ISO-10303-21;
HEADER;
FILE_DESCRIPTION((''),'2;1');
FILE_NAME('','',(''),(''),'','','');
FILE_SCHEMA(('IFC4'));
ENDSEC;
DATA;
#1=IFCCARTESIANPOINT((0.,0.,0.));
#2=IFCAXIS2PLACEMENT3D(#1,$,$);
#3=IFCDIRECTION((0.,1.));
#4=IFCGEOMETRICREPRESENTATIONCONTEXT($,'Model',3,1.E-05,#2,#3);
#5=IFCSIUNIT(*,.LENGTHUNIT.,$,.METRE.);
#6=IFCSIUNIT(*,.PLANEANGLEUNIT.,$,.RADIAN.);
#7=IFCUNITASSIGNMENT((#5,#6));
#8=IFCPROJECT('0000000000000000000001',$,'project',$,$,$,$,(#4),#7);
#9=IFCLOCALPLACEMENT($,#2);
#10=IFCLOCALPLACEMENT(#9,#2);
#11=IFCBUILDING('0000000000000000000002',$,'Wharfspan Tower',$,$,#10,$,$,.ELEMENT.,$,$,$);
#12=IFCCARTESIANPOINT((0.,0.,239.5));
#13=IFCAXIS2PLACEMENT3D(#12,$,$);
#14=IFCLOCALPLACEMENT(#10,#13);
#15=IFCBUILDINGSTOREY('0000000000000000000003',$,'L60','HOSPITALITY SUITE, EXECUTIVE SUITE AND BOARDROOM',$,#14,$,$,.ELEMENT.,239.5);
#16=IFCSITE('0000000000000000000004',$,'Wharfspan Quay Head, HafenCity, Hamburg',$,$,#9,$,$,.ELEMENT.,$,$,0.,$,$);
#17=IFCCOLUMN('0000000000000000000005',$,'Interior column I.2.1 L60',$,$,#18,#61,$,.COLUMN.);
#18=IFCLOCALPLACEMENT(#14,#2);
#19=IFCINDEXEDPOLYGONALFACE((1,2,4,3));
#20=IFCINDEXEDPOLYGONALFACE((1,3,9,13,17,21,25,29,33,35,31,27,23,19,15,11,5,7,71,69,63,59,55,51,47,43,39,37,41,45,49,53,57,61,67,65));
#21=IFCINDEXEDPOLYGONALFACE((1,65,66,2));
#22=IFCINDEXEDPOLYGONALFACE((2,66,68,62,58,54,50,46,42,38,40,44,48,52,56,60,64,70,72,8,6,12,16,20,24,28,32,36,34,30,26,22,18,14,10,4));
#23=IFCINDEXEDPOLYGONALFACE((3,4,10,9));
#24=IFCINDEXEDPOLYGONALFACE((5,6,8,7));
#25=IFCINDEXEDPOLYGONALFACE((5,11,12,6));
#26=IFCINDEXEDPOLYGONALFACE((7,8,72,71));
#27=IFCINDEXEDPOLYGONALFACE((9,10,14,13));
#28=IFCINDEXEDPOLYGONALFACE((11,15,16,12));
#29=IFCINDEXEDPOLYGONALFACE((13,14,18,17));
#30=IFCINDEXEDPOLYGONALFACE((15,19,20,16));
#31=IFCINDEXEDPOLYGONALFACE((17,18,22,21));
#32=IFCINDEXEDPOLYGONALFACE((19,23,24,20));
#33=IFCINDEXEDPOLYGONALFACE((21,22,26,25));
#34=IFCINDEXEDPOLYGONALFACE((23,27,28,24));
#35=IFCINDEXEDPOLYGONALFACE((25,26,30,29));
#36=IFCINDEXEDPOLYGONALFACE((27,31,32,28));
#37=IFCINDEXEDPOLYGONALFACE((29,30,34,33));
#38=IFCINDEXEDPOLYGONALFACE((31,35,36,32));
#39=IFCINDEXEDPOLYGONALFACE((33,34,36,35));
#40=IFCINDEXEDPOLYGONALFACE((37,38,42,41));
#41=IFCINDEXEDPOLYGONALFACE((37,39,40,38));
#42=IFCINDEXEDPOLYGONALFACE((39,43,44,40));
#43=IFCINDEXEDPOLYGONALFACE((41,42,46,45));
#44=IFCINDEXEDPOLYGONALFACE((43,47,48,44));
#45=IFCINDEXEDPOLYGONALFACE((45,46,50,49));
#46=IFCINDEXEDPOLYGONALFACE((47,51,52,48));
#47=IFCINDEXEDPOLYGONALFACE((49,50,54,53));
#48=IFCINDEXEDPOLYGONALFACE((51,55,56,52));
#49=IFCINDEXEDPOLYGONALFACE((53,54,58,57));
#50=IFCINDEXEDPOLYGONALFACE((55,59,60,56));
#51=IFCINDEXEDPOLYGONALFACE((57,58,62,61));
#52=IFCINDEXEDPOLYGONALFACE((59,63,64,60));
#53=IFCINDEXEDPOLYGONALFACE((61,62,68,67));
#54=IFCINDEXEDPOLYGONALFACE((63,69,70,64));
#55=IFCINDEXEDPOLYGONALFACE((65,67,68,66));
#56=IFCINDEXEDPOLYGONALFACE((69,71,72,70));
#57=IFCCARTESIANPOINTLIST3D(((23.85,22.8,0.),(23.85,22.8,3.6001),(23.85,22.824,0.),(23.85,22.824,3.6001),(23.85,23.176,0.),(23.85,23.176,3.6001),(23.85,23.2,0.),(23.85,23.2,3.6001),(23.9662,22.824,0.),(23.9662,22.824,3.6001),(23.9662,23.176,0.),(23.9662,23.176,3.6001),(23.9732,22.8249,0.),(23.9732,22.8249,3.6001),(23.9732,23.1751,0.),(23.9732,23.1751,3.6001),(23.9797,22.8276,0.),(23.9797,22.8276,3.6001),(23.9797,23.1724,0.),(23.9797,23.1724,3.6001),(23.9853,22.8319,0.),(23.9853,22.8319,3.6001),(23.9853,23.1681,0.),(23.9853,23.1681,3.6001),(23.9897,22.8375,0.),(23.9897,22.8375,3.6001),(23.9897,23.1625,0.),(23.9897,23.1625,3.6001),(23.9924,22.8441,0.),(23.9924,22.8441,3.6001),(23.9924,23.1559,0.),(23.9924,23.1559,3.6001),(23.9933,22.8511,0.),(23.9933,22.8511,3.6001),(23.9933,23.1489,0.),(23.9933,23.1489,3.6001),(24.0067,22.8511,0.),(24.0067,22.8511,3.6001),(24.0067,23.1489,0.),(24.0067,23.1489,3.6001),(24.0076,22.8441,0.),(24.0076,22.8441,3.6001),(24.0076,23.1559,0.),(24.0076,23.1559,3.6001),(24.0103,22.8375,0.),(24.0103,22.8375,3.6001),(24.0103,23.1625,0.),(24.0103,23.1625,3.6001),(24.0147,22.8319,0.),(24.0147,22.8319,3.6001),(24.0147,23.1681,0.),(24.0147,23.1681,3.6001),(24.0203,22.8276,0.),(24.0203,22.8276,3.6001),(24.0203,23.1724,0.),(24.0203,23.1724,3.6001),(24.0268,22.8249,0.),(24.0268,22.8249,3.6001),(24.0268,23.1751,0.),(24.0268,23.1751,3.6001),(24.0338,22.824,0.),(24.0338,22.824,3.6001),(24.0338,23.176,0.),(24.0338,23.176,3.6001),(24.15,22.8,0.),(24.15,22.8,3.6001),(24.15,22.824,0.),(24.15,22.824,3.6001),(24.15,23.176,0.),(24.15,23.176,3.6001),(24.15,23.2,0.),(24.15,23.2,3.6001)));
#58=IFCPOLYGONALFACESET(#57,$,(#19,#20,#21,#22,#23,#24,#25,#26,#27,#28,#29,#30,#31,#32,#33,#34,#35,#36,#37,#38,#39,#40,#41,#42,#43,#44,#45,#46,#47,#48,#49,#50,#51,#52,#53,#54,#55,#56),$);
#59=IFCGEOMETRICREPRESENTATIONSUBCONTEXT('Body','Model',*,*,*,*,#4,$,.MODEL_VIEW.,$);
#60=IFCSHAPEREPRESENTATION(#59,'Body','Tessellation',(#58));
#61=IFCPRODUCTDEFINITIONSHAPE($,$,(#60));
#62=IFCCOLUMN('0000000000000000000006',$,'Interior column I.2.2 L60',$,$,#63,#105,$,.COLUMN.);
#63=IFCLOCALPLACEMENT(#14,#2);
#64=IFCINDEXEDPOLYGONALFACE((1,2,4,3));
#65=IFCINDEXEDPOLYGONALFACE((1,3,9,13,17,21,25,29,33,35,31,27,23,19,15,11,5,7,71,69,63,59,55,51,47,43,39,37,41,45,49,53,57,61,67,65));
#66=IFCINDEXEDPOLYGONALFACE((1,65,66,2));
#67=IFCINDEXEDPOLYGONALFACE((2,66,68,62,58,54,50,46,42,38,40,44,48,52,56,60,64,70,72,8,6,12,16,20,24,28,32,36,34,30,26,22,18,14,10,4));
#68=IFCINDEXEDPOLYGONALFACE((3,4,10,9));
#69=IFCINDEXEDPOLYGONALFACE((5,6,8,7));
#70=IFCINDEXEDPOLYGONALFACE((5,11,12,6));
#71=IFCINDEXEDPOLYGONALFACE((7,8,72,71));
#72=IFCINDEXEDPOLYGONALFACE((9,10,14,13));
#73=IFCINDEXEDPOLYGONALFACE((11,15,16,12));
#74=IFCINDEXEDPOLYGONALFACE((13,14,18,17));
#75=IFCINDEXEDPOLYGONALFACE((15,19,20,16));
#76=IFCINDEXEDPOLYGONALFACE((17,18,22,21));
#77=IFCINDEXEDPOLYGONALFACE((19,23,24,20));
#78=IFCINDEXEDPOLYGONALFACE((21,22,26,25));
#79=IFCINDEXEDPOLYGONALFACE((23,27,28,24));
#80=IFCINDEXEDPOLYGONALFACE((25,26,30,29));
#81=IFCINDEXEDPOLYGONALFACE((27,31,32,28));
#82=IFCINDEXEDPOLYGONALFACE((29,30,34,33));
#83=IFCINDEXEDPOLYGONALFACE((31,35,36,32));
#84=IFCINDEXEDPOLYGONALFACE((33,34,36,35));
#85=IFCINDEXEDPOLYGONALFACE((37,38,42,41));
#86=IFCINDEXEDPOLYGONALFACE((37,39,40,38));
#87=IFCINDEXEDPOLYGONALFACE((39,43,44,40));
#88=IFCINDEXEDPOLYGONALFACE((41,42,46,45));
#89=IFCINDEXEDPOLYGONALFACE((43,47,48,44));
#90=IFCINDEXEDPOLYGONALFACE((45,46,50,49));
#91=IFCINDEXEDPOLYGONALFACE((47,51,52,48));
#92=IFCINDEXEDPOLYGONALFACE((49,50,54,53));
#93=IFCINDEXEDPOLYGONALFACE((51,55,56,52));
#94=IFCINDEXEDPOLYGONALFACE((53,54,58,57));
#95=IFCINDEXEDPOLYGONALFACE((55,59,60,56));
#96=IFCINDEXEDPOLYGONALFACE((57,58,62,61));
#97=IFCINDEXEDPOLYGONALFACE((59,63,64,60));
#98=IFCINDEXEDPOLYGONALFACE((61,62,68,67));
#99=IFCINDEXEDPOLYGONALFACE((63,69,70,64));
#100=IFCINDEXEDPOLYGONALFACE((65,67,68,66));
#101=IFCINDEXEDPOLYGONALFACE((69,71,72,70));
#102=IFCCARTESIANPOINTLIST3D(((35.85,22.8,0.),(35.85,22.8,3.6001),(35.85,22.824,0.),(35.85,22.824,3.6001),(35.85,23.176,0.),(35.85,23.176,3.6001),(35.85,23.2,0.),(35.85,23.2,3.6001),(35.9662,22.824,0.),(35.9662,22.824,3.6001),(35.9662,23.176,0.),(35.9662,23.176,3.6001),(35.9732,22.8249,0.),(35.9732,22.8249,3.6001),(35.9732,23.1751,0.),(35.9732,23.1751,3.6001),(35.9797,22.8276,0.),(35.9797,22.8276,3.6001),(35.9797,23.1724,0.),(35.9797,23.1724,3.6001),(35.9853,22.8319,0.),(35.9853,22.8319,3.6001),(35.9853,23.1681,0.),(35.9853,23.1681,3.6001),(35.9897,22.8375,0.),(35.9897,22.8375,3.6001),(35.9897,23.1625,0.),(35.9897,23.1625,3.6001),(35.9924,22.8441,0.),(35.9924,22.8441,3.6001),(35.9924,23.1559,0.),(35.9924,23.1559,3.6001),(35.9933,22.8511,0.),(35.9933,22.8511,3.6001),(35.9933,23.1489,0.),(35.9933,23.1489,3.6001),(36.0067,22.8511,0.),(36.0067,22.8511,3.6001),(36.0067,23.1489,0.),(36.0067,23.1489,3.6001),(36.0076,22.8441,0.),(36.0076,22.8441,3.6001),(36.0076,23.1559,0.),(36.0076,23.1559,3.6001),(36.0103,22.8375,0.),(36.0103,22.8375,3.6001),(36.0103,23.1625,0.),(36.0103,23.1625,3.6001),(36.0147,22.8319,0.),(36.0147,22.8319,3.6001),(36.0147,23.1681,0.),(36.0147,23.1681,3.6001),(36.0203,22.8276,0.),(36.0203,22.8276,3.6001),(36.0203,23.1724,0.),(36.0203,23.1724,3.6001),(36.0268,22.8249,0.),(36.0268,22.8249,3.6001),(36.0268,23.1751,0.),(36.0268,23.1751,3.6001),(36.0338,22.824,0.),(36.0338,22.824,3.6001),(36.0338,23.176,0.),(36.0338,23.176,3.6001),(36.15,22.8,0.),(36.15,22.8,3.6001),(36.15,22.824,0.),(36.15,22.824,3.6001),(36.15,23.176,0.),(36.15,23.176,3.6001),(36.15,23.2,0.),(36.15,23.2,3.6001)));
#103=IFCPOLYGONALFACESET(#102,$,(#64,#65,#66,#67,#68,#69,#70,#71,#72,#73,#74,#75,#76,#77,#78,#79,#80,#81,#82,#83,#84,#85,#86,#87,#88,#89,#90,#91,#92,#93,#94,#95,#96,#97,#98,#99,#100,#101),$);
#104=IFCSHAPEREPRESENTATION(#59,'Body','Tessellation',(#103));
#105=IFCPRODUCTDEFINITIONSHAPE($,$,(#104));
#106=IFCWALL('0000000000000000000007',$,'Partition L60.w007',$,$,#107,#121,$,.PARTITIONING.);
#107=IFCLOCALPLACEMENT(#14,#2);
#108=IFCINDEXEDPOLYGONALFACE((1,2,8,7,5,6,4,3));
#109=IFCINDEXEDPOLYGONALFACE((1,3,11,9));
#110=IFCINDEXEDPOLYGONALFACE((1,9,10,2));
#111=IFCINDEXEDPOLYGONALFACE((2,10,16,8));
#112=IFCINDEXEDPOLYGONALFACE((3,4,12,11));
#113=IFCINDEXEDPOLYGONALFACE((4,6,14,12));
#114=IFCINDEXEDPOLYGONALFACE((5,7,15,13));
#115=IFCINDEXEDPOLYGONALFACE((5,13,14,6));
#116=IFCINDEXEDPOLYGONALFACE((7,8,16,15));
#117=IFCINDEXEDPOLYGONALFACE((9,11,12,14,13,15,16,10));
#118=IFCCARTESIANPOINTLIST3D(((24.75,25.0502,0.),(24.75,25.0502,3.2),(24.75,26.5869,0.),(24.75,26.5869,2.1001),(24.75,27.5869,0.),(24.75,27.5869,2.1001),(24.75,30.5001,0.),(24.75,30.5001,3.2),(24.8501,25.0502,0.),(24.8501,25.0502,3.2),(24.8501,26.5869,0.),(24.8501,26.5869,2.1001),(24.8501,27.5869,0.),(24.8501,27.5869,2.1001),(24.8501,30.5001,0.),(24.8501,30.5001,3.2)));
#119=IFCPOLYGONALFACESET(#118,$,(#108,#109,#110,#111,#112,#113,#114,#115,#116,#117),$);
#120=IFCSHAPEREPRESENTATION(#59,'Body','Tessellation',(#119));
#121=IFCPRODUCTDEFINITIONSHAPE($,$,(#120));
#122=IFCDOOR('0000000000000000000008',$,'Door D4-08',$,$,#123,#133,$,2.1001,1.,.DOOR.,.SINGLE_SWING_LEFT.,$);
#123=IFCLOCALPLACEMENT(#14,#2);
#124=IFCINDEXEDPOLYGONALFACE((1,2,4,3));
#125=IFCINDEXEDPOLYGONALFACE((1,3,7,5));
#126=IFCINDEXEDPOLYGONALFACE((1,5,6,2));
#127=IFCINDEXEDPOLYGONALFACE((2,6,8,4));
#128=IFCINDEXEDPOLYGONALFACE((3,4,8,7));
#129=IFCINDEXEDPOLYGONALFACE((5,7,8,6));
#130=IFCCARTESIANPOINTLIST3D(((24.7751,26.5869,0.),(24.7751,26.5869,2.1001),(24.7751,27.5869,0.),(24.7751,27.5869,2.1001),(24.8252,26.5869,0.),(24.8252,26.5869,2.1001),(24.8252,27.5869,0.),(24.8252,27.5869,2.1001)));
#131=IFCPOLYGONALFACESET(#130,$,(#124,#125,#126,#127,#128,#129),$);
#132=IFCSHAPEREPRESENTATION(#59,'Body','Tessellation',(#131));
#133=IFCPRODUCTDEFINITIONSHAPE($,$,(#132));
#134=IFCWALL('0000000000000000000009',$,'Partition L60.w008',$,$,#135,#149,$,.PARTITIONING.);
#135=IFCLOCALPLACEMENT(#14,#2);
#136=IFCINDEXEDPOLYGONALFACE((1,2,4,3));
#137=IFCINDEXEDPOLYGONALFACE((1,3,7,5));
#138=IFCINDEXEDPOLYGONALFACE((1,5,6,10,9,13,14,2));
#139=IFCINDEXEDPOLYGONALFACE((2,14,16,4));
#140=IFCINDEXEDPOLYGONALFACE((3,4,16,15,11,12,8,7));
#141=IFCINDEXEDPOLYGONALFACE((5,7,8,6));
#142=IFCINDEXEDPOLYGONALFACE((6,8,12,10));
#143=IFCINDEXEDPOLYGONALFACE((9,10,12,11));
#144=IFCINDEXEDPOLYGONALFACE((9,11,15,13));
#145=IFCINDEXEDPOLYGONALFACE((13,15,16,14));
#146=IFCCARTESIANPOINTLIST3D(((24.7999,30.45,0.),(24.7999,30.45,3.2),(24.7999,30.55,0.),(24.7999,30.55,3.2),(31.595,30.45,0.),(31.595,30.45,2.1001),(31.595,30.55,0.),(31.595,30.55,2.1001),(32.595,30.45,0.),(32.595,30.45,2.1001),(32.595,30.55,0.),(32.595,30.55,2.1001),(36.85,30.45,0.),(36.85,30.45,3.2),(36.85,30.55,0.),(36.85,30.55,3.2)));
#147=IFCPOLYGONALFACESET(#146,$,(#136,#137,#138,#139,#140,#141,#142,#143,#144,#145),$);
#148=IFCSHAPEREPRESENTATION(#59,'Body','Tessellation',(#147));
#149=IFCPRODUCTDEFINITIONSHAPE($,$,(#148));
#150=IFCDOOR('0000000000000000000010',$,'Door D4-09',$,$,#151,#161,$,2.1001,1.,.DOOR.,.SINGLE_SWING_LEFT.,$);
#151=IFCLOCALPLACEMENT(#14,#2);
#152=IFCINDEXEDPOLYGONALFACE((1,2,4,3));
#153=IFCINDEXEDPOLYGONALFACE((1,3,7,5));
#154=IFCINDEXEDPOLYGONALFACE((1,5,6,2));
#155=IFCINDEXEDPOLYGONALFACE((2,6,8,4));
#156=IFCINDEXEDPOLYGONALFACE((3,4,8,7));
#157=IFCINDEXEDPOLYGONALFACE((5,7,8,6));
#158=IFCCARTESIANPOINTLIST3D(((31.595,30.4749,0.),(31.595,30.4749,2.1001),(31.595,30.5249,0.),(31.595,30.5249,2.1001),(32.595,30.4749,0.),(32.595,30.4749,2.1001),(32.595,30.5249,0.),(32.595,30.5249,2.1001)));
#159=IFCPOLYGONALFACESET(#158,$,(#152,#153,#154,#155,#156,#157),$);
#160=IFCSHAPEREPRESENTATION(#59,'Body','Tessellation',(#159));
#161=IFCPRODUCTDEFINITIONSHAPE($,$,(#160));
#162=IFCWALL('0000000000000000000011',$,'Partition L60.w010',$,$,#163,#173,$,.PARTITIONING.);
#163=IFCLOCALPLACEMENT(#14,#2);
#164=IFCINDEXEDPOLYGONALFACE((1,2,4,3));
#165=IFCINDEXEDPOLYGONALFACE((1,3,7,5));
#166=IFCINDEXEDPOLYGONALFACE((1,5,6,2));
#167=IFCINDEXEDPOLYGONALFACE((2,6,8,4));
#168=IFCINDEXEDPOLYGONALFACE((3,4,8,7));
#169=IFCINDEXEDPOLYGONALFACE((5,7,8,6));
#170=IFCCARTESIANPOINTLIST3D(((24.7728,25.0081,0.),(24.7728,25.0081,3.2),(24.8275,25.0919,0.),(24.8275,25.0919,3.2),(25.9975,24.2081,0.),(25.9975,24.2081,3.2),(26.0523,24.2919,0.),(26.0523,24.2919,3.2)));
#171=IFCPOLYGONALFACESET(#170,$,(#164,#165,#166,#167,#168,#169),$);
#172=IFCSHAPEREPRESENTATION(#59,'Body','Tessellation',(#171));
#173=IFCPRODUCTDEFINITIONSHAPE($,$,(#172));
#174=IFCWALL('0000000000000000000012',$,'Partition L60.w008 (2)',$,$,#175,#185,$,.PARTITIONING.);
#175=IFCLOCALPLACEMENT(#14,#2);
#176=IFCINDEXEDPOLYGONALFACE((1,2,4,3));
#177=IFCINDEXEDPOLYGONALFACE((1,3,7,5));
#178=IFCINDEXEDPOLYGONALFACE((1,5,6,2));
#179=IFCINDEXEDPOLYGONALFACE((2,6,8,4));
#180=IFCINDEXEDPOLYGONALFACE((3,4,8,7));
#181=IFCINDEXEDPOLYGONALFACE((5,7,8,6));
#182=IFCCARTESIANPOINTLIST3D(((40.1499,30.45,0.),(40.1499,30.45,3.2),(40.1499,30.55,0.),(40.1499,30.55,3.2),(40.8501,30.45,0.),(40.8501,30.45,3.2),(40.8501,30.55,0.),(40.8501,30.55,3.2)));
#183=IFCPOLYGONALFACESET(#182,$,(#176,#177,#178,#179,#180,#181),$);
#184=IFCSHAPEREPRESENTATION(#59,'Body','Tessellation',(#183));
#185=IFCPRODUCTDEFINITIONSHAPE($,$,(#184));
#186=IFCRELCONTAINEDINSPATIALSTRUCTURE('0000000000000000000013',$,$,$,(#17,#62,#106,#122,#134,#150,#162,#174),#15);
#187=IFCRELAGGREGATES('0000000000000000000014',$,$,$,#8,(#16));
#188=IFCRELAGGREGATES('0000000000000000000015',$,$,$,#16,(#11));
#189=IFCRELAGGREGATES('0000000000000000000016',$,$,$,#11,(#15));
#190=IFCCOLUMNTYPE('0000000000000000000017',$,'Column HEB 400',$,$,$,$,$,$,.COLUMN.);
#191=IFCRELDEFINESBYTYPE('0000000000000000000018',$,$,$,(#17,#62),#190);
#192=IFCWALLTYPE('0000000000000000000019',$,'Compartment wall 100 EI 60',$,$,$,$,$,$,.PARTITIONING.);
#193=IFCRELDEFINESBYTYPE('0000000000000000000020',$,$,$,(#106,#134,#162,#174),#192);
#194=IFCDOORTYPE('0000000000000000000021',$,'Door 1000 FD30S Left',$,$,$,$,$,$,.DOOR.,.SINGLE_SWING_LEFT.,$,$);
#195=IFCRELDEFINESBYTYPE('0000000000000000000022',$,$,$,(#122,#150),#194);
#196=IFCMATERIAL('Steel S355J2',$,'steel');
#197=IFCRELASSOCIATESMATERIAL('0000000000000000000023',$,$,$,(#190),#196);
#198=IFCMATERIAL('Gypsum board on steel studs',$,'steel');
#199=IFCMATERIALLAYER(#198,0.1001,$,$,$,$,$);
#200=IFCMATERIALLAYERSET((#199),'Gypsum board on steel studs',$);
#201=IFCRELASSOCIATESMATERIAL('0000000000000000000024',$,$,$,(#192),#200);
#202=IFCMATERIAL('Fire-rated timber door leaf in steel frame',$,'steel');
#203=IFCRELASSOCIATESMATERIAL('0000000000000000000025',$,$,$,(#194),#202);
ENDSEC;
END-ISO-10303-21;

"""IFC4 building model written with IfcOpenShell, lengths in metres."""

from ifc_helpers import new_model, si_unit, direction, frame, frame_2d, origin, origin_2d, place, context, subcontext, project, spatial, rectangle, i_section, extrude, material, layer, layer_set, material_profile, profile_set, type_object, element, fill, save


model = new_model("IFC4")

# Units and contexts
model_context = context("Model", 3, precision=1e-05, world=origin(), true_north=direction((0.0, 1.0)))
body_context = subcontext(model_context, "Body", "Model", "MODEL_VIEW")
ifc_project = project(units=[si_unit("LENGTHUNIT", "METRE"), si_unit("PLANEANGLEUNIT", "RADIAN")], contexts=[model_context])

# Site, building, storey
site_placement = place(None, origin())
site = spatial("IfcSite", under=ifc_project, at=site_placement, Name="Wharfspan Quay Head, HafenCity, Hamburg", CompositionType="ELEMENT", RefElevation=0.0)
building_placement = place(site_placement, origin())
building = spatial("IfcBuilding", under=site, at=building_placement, Name="Wharfspan Tower", CompositionType="ELEMENT")
storey_placement = place(building_placement, frame((0.0, 0.0, 239.5)))
storey = spatial("IfcBuildingStorey", under=building, at=storey_placement, Name="L60", Description="HOSPITALITY SUITE, EXECUTIVE SUITE AND BOARDROOM", CompositionType="ELEMENT", Elevation=239.5)

# Columns
ifc_material_1 = material(Name="Steel S355J2", Category="steel")
ifc_material_profile = material_profile(ifc_material_1, i_section(OverallWidth=0.3, OverallDepth=0.3999, WebThickness=0.0134, FlangeThickness=0.0239, FilletRadius=0.0271, at=origin_2d()))
ifc_profile_set = profile_set([ifc_material_profile], Name="Steel S355J2")
column_type = type_object("IfcColumnType", Name="Column HEB 400", PredefinedType="COLUMN", material=ifc_profile_set)
for number, where, z_axis, x_axis, name in (
    (1, (24.0, 23.0, 0.0), (0.0, 0.0, 1.0), (1.0, 0.0, 0.0), "Interior column I.2.1 L60"),
    (2, (36.0, 23.0, 0.0), (0.0, 0.0, 1.0), (1.0, 0.0, 0.0), "Interior column I.2.2 L60"),
):
    element("IfcColumn", number, at=place(storey_placement, frame(where, z_axis=z_axis, x_axis=x_axis)), inside=storey, type_object=column_type, Name=name, PredefinedType="COLUMN", context=body_context, shape_type="SweptSolid", body=[
        extrude(i_section(OverallWidth=0.3, OverallDepth=0.3999, WebThickness=0.0134, FlangeThickness=0.0239, FilletRadius=0.0271, at=origin_2d()), origin(), (0.0, 0.0, 1.0), 3.6001),
    ])

# Walls, openings, doors
ifc_material_2 = material(Name="Gypsum board on steel studs", Category="steel")
ifc_layer_1 = layer(ifc_material_2, 0.1001)
ifc_layer_set_1 = layer_set([ifc_layer_1], Name="Gypsum board on steel studs")
wall_type_1 = type_object("IfcWallType", Name="Compartment wall 100 EI 60", PredefinedType="PARTITIONING", material=ifc_layer_set_1)
wall_1_placement = place(storey_placement, frame((24.8, 25.05, 0.0), z_axis=(0.0, 0.0, 1.0), x_axis=(0.0, 1.0, 0.0)))
wall_1 = element("IfcWall", 3, at=wall_1_placement, inside=storey, type_object=wall_type_1, Name="Partition L60.w007", PredefinedType="PARTITIONING", context=body_context, shape_type="SweptSolid", body=[
    extrude(rectangle(XDim=5.45, YDim=0.1001, at=frame_2d((2.7251, 0.0))), origin(), (0.0, 0.0, 1.0), 3.2),
])
opening_1_placement = place(wall_1_placement, frame((1.5369, 0.0, 0.0)))
opening_1 = element("IfcOpeningElement", 4, at=opening_1_placement, cuts=wall_1, PredefinedType="OPENING", context=body_context, shape_type="SweptSolid", body=[
    extrude(rectangle(XDim=1.0, YDim=2.1001, at=frame_2d((0.5, 1.05))), frame((0.0, 0.0601, 0.0), z_axis=(0.0, -1.0, 0.0), x_axis=(1.0, 0.0, 0.0)), (0.0, 0.0, 1.0), 0.1201),
])
ifc_material_3 = material(Name="Fire-rated timber door leaf in steel frame", Category="steel")
door_type_1 = type_object("IfcDoorType", Name="Door 1000 FD30S Left", OperationType="SINGLE_SWING_LEFT", PredefinedType="DOOR", material=ifc_material_3)
door_1_placement = place(opening_1_placement, origin())
door_1 = element("IfcDoor", 5, at=door_1_placement, inside=storey, type_object=door_type_1, Name="Door D4-08", OperationType="SINGLE_SWING_LEFT", OverallHeight=2.1001, OverallWidth=1.0, PredefinedType="DOOR", context=body_context, shape_type="SweptSolid", body=[
    extrude(rectangle(XDim=1.0, YDim=2.1001, at=frame_2d((0.5, 1.05))), frame((0.0, 0.0249, 0.0), z_axis=(0.0, -1.0, 0.0), x_axis=(1.0, 0.0, 0.0)), (0.0, 0.0, 1.0), 0.05),
])
fill(opening_1, door_1)
wall_2_placement = place(storey_placement, frame((24.8, 30.5, 0.0), z_axis=(0.0, 0.0, 1.0), x_axis=(1.0, 0.0, 0.0)))
wall_2 = element("IfcWall", 6, at=wall_2_placement, inside=storey, type_object=wall_type_1, Name="Partition L60.w008", PredefinedType="PARTITIONING", context=body_context, shape_type="SweptSolid", body=[
    extrude(rectangle(XDim=12.05, YDim=0.1001, at=frame_2d((6.0249, 0.0))), origin(), (0.0, 0.0, 1.0), 3.2),
])
opening_2_placement = place(wall_2_placement, frame((6.7949, 0.0, 0.0)))
opening_2 = element("IfcOpeningElement", 7, at=opening_2_placement, cuts=wall_2, PredefinedType="OPENING", context=body_context, shape_type="SweptSolid", body=[
    extrude(rectangle(XDim=1.0, YDim=2.1001, at=frame_2d((0.5, 1.05))), frame((0.0, 0.0601, 0.0), z_axis=(0.0, -1.0, 0.0), x_axis=(1.0, 0.0, 0.0)), (0.0, 0.0, 1.0), 0.1201),
])
door_2_placement = place(opening_2_placement, origin())
door_2 = element("IfcDoor", 8, at=door_2_placement, inside=storey, type_object=door_type_1, Name="Door D4-09", OperationType="SINGLE_SWING_LEFT", OverallHeight=2.1001, OverallWidth=1.0, PredefinedType="DOOR", context=body_context, shape_type="SweptSolid", body=[
    extrude(rectangle(XDim=1.0, YDim=2.1001, at=frame_2d((0.5, 1.05))), frame((0.0, 0.0249, 0.0), z_axis=(0.0, -1.0, 0.0), x_axis=(1.0, 0.0, 0.0)), (0.0, 0.0, 1.0), 0.05),
])
fill(opening_2, door_2)

# Walls
wall_3_placement = place(storey_placement, frame((26.0249, 24.25, 0.0), z_axis=(0.0, 0.0, 1.0), x_axis=(-0.837222, 0.546856, 0.0)))
element("IfcWall", 9, at=wall_3_placement, inside=storey, type_object=wall_type_1, Name="Partition L60.w010", PredefinedType="PARTITIONING", context=body_context, shape_type="SweptSolid", body=[
    extrude(rectangle(XDim=1.4629, YDim=0.1001, at=frame_2d((0.7314, 0.0))), origin(), (0.0, 0.0, 1.0), 3.2),
])
wall_4_placement = place(storey_placement, frame((40.1499, 30.5, 0.0), z_axis=(0.0, 0.0, 1.0), x_axis=(1.0, 0.0, 0.0)))
element("IfcWall", 10, at=wall_4_placement, inside=storey, type_object=wall_type_1, Name="Partition L60.w008 (2)", PredefinedType="PARTITIONING", context=body_context, shape_type="SweptSolid", body=[
    extrude(rectangle(XDim=0.7002, YDim=0.1001, at=frame_2d((0.3501, 0.0))), origin(), (0.0, 0.0, 1.0), 3.2),
])

save(model, "model.ifc")
